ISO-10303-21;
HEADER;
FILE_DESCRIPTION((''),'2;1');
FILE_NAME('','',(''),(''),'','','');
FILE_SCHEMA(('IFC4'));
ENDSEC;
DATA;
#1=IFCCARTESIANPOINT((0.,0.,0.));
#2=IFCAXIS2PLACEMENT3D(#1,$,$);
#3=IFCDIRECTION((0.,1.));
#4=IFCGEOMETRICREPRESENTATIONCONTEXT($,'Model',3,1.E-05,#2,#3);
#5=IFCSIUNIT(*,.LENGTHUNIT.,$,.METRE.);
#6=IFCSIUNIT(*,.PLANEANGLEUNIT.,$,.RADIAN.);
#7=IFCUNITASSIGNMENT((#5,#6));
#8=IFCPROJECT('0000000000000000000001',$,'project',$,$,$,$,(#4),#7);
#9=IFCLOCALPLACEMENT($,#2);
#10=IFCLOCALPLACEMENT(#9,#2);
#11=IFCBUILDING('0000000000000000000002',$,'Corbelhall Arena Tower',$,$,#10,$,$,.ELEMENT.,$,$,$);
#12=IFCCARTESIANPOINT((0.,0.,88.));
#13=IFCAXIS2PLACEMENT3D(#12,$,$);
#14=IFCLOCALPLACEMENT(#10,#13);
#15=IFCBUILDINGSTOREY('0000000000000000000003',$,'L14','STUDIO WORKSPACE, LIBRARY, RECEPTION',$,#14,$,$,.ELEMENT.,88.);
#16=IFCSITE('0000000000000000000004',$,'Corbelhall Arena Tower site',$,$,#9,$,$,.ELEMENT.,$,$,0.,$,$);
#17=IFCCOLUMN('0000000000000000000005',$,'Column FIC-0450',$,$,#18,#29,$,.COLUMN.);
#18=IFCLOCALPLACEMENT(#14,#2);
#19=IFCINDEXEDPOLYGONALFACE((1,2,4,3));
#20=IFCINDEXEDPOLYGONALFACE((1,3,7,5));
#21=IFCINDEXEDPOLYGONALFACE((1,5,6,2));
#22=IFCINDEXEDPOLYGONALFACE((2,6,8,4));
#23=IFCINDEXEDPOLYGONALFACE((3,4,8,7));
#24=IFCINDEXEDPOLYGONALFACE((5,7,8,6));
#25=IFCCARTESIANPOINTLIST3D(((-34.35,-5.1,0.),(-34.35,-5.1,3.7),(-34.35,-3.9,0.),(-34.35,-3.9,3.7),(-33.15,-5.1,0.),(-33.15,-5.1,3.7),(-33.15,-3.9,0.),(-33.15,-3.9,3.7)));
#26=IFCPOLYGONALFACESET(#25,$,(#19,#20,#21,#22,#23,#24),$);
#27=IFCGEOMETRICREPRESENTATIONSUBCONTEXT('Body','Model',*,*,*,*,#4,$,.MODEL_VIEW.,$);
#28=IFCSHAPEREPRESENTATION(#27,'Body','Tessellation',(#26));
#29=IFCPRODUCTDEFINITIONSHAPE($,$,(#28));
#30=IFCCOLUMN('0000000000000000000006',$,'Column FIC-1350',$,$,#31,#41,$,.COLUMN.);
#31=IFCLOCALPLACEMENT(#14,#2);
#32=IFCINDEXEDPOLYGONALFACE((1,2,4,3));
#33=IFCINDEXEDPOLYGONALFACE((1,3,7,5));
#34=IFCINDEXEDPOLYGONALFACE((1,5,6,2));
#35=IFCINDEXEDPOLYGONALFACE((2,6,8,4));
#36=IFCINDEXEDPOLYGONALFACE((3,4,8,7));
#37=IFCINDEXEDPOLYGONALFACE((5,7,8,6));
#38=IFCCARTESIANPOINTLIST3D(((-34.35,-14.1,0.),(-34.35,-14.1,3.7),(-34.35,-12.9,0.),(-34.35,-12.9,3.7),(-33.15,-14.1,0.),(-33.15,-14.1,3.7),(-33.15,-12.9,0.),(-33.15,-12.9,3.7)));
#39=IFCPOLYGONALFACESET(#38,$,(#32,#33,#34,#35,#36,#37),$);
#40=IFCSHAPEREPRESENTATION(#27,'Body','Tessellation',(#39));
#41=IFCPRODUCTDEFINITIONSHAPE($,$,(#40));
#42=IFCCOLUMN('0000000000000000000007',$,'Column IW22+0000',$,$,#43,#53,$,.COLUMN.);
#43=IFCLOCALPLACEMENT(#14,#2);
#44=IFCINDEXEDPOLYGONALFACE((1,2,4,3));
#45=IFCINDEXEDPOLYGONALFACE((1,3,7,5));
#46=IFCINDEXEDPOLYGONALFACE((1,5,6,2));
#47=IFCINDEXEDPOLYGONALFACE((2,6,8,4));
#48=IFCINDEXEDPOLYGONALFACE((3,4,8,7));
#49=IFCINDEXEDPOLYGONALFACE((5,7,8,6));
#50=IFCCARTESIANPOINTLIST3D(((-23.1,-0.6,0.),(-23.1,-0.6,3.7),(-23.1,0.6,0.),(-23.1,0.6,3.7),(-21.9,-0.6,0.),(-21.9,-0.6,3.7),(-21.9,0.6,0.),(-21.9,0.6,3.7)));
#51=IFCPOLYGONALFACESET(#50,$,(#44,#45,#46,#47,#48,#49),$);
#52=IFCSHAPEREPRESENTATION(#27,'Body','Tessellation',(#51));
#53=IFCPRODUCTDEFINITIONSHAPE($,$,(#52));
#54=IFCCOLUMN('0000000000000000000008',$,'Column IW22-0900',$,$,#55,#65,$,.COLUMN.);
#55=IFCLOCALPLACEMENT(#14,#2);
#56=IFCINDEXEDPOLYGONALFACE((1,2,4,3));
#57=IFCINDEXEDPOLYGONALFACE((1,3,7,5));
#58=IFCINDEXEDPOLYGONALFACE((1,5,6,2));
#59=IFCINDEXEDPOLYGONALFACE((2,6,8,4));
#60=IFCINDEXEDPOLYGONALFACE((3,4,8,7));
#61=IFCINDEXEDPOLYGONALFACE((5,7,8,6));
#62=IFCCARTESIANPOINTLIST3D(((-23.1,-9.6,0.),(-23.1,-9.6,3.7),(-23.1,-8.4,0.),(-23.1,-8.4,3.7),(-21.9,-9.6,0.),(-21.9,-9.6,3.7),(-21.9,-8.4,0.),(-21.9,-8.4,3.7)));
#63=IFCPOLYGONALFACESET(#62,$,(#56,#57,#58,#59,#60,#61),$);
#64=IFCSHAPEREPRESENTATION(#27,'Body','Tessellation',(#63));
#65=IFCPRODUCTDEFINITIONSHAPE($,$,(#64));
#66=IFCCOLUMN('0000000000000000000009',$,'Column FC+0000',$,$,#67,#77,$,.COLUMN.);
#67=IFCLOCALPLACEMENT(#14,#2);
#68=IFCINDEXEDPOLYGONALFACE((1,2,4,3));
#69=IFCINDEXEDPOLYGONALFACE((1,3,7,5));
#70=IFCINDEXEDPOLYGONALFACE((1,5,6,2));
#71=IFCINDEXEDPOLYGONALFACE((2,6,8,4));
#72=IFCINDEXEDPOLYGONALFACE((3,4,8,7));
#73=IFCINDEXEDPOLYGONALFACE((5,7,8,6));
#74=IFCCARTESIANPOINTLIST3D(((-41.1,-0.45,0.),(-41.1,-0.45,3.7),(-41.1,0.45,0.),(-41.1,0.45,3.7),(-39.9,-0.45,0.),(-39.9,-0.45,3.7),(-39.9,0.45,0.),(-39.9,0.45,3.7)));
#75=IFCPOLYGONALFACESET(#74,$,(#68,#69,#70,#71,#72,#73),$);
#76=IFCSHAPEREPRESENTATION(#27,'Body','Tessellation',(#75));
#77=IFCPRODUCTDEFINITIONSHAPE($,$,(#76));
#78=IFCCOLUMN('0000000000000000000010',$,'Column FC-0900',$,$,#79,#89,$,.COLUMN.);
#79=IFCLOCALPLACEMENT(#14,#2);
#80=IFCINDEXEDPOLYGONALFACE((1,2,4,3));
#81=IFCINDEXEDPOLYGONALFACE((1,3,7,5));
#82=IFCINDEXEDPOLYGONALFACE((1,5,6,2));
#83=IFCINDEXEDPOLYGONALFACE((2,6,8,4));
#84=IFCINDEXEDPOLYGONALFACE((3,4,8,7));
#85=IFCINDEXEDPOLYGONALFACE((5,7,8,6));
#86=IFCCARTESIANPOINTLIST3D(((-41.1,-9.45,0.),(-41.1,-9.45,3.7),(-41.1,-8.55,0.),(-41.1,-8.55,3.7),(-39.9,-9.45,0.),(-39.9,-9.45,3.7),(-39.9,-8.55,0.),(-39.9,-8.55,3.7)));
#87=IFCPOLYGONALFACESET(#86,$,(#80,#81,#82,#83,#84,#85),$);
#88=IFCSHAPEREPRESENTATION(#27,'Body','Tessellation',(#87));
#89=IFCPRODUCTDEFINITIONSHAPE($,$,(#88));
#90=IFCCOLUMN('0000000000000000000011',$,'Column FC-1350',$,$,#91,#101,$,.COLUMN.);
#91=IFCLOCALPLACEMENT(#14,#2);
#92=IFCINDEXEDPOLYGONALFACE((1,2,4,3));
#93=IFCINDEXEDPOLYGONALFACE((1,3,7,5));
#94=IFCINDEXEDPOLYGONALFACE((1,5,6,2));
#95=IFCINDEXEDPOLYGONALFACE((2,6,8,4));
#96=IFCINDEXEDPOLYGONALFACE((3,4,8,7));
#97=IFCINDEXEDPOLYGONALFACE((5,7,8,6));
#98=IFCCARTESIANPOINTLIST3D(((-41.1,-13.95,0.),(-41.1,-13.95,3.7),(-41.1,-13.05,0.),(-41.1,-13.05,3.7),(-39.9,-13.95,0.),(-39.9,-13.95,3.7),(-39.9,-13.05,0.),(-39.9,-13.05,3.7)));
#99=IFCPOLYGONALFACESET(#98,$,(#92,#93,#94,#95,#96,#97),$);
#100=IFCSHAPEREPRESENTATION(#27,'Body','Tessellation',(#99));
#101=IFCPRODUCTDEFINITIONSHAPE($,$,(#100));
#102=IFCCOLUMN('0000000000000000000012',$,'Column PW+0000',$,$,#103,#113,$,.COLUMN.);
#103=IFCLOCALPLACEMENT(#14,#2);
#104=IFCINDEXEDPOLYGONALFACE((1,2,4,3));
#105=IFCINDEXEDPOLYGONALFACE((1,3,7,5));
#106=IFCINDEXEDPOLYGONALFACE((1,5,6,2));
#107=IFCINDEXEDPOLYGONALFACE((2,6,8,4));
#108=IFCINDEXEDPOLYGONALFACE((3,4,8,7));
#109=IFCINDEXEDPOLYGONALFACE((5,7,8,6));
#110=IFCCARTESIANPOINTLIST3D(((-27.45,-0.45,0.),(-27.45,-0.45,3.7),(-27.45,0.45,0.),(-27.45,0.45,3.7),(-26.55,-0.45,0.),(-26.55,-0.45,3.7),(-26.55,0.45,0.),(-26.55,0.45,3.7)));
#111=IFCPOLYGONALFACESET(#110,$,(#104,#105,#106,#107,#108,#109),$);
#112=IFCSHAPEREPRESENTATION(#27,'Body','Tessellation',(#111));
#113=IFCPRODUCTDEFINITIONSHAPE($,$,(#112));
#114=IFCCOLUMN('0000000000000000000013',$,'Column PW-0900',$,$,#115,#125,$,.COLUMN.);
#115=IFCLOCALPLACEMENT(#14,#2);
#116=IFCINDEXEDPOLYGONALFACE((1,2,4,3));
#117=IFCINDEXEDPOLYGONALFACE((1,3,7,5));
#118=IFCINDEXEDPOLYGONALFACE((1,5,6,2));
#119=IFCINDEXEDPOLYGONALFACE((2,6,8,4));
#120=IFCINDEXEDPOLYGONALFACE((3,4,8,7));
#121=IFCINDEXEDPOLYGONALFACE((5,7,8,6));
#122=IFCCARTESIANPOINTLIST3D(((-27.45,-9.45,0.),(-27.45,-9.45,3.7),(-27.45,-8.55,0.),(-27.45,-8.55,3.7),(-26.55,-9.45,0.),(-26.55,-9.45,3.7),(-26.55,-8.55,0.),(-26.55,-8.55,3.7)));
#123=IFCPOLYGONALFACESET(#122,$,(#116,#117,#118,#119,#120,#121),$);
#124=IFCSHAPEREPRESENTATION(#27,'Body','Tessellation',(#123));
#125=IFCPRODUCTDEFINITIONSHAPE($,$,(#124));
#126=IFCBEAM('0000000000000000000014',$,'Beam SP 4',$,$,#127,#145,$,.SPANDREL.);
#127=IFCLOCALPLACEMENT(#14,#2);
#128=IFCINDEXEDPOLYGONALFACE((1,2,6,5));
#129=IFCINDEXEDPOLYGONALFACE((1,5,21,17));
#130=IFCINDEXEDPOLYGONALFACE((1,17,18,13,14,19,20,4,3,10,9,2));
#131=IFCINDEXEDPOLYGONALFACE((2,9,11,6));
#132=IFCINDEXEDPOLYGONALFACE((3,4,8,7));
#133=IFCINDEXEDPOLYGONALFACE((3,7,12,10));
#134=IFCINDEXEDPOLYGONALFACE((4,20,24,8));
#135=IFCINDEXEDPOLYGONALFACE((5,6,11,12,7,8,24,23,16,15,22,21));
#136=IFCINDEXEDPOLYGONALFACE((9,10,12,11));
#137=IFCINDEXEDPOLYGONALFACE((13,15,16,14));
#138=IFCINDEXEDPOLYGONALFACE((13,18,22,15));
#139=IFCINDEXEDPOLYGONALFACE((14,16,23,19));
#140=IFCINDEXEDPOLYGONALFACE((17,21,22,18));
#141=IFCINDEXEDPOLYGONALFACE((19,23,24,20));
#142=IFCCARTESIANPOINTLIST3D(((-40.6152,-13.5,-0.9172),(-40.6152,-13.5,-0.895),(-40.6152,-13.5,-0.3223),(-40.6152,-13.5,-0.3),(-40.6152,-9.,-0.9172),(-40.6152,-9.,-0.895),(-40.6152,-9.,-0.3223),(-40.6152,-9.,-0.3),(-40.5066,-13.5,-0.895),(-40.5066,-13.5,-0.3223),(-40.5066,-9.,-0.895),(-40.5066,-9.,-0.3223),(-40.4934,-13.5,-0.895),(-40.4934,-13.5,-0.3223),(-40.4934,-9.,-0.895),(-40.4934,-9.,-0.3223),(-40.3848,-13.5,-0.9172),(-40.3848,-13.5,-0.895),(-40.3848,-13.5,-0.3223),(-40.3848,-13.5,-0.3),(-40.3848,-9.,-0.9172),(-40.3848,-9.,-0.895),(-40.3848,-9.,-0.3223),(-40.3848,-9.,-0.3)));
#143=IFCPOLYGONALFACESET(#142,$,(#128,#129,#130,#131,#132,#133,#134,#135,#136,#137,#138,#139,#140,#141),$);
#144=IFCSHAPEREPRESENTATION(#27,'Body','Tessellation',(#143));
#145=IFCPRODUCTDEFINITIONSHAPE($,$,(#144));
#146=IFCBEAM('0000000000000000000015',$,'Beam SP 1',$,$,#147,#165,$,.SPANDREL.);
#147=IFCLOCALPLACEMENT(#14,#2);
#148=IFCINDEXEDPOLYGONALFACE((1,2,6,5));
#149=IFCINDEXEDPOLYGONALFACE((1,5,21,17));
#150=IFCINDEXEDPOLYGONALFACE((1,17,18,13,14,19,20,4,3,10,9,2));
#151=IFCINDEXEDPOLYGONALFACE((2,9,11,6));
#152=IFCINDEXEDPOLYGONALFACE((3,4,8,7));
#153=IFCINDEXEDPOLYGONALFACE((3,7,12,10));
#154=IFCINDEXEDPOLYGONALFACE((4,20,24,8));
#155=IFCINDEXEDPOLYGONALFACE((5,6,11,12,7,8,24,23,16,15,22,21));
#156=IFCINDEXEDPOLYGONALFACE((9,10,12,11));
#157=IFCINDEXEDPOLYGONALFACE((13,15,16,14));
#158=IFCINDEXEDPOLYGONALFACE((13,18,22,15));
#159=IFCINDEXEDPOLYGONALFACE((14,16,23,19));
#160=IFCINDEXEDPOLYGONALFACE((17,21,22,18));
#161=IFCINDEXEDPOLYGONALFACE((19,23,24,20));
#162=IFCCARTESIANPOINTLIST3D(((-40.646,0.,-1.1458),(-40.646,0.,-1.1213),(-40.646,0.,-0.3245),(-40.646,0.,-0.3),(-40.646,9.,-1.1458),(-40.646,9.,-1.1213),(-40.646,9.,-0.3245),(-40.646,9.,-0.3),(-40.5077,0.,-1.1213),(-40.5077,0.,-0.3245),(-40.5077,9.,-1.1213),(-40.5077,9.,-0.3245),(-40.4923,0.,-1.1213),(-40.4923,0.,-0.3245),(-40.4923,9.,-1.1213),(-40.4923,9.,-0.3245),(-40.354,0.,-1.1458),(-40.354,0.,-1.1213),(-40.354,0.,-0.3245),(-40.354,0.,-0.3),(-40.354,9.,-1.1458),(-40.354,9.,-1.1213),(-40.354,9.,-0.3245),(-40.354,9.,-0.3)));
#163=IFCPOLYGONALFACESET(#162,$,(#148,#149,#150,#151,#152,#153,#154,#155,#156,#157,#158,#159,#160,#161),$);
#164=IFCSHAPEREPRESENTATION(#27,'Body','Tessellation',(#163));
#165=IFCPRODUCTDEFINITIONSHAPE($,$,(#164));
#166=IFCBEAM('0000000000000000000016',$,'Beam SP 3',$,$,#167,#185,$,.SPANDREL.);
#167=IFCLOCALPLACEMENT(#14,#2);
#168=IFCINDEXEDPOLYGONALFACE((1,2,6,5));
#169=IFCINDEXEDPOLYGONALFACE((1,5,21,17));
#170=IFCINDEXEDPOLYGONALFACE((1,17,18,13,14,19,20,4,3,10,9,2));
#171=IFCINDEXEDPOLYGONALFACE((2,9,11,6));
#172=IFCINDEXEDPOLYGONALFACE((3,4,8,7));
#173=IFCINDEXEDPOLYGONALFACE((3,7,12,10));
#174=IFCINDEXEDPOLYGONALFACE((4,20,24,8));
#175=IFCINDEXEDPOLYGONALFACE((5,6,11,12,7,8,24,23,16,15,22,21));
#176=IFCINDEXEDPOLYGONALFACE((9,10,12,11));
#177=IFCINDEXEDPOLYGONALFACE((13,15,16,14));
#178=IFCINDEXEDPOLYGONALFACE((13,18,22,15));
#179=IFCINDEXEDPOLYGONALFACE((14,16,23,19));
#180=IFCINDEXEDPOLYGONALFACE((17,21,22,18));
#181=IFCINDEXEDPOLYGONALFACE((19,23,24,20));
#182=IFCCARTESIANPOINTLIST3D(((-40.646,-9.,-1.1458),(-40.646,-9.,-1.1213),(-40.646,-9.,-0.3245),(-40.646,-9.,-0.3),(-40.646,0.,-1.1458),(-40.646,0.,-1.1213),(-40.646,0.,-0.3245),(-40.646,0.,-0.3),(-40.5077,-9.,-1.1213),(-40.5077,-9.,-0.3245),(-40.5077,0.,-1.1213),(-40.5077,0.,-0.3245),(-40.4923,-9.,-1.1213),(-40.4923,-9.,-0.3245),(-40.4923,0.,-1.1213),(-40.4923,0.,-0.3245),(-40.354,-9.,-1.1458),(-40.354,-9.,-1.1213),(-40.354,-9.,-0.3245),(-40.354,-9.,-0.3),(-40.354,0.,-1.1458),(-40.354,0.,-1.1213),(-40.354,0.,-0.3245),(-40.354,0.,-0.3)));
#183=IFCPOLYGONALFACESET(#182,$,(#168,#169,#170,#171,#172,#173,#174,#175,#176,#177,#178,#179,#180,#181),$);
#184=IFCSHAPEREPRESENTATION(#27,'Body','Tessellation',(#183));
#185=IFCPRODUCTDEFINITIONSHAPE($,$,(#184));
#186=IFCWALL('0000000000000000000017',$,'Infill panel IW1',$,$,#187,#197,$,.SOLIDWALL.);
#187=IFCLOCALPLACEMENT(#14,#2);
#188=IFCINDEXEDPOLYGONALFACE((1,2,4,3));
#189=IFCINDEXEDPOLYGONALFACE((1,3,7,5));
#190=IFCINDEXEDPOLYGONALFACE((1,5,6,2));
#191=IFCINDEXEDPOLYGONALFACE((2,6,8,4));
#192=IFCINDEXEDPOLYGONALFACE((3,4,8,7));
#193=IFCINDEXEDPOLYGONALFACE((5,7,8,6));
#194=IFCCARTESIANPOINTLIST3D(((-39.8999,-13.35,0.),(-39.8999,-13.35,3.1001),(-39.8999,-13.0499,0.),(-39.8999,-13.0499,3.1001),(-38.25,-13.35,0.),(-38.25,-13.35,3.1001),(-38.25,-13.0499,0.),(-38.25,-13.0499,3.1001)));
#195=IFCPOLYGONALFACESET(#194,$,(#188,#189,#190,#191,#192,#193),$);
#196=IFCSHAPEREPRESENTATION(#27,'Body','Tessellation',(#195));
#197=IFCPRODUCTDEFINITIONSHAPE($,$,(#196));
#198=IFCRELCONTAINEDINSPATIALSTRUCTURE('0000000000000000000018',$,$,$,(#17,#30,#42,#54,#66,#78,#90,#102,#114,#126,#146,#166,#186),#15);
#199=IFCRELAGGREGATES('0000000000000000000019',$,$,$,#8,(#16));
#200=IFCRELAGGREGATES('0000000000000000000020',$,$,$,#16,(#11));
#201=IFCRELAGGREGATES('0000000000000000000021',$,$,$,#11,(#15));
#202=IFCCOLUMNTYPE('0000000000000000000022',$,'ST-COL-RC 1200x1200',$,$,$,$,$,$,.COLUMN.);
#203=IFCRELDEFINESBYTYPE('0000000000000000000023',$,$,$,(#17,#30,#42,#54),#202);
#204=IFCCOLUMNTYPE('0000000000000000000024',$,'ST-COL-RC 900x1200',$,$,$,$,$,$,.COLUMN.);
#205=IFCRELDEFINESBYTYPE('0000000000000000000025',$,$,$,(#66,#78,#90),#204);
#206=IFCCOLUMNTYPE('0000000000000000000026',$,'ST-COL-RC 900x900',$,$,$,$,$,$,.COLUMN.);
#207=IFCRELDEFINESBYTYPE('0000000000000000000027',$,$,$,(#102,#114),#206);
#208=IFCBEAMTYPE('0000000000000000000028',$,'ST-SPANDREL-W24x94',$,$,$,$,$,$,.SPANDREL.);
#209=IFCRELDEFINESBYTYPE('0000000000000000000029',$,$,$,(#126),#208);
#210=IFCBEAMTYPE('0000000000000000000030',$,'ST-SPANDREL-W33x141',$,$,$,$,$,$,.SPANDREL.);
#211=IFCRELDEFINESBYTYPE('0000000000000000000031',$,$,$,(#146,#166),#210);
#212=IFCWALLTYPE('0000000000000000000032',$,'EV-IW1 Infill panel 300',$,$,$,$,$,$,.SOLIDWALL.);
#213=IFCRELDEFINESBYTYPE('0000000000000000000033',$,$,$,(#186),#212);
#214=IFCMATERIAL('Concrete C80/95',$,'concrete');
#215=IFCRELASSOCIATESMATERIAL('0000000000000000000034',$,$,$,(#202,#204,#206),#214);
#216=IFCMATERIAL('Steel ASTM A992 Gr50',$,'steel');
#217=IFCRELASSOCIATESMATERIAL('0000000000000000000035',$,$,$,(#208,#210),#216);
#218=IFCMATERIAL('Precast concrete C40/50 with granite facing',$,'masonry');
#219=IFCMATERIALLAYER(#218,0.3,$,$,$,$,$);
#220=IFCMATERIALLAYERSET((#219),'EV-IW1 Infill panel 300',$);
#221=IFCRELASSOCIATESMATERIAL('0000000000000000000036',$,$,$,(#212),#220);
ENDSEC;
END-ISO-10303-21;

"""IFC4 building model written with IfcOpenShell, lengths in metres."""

from ifc_helpers import new_model, si_unit, direction, frame, frame_2d, origin, origin_2d, place, context, subcontext, project, spatial, rectangle, i_section, extrude, material, layer, layer_set, material_profile, profile_set, type_object, element, save


model = new_model("IFC4")

# Units and contexts
model_context = context("Model", 3, precision=1e-05, world=origin(), true_north=direction((0.0, 1.0)))
body_context = subcontext(model_context, "Body", "Model", "MODEL_VIEW")
ifc_project = project(units=[si_unit("LENGTHUNIT", "METRE"), si_unit("PLANEANGLEUNIT", "RADIAN")], contexts=[model_context])

# Site, building, storey
site_placement = place(None, origin())
site = spatial("IfcSite", under=ifc_project, at=site_placement, Name="Corbelhall Arena Tower site", CompositionType="ELEMENT", RefElevation=0.0)
building_placement = place(site_placement, origin())
building = spatial("IfcBuilding", under=site, at=building_placement, Name="Corbelhall Arena Tower", CompositionType="ELEMENT")
storey_placement = place(building_placement, frame((0.0, 0.0, 88.0)))
storey = spatial("IfcBuildingStorey", under=building, at=storey_placement, Name="L14", Description="STUDIO WORKSPACE, LIBRARY, RECEPTION", CompositionType="ELEMENT", Elevation=88.0)

# Columns
ifc_material_1 = material(Name="Concrete C80/95", Category="concrete")
ifc_material_profile_1 = material_profile(ifc_material_1, rectangle(XDim=1.2, YDim=1.2, at=origin_2d()))
ifc_profile_set_1 = profile_set([ifc_material_profile_1], Name="Concrete C80/95")
column_type_1 = type_object("IfcColumnType", Name="ST-COL-RC 1200x1200", PredefinedType="COLUMN", material=ifc_profile_set_1)
for number, where, z_axis, x_axis, name in (
    (1, (-33.75, -4.5, 0.0), (0.0, 0.0, 1.0), (1.0, 0.0, 0.0), "Column FIC-0450"),
    (2, (-33.75, -13.5, 0.0), (0.0, 0.0, 1.0), (1.0, 0.0, 0.0), "Column FIC-1350"),
    (3, (-22.5, 0.0, 0.0), (0.0, 0.0, 1.0), (1.0, 0.0, 0.0), "Column IW22+0000"),
    (4, (-22.5, -9.0, 0.0), (0.0, 0.0, 1.0), (1.0, 0.0, 0.0), "Column IW22-0900"),
):
    element("IfcColumn", number, at=place(storey_placement, frame(where, z_axis=z_axis, x_axis=x_axis)), inside=storey, type_object=column_type_1, Name=name, PredefinedType="COLUMN", context=body_context, shape_type="SweptSolid", body=[
        extrude(rectangle(XDim=1.2, YDim=1.2, at=origin_2d()), origin(), (0.0, 0.0, 1.0), 3.7),
    ])
ifc_material_profile_2 = material_profile(ifc_material_1, rectangle(XDim=0.8999, YDim=1.2, at=origin_2d()))
ifc_profile_set_2 = profile_set([ifc_material_profile_2], Name="Concrete C80/95")
column_type_2 = type_object("IfcColumnType", Name="ST-COL-RC 900x1200", PredefinedType="COLUMN", material=ifc_profile_set_2)
for number, where, z_axis, x_axis, name in (
    (5, (-40.5, 0.0, 0.0), (0.0, 0.0, 1.0), (0.0, 1.0, 0.0), "Column FC+0000"),
    (6, (-40.5, -9.0, 0.0), (0.0, 0.0, 1.0), (0.0, 1.0, 0.0), "Column FC-0900"),
    (7, (-40.5, -13.5, 0.0), (0.0, 0.0, 1.0), (0.0, 1.0, 0.0), "Column FC-1350"),
):
    element("IfcColumn", number, at=place(storey_placement, frame(where, z_axis=z_axis, x_axis=x_axis)), inside=storey, type_object=column_type_2, Name=name, PredefinedType="COLUMN", context=body_context, shape_type="SweptSolid", body=[
        extrude(rectangle(XDim=0.8999, YDim=1.2, at=origin_2d()), origin(), (0.0, 0.0, 1.0), 3.7),
    ])
ifc_material_profile_3 = material_profile(ifc_material_1, rectangle(XDim=0.8999, YDim=0.8999, at=origin_2d()))
ifc_profile_set_3 = profile_set([ifc_material_profile_3], Name="Concrete C80/95")
column_type_3 = type_object("IfcColumnType", Name="ST-COL-RC 900x900", PredefinedType="COLUMN", material=ifc_profile_set_3)
for number, where, z_axis, x_axis, name in (
    (8, (-27.0, 0.0, 0.0), (0.0, 0.0, 1.0), (1.0, 0.0, 0.0), "Column PW+0000"),
    (9, (-27.0, -9.0, 0.0), (0.0, 0.0, 1.0), (1.0, 0.0, 0.0), "Column PW-0900"),
):
    element("IfcColumn", number, at=place(storey_placement, frame(where, z_axis=z_axis, x_axis=x_axis)), inside=storey, type_object=column_type_3, Name=name, PredefinedType="COLUMN", context=body_context, shape_type="SweptSolid", body=[
        extrude(rectangle(XDim=0.8999, YDim=0.8999, at=origin_2d()), origin(), (0.0, 0.0, 1.0), 3.7),
    ])

# Beams
ifc_material_2 = material(Name="Steel ASTM A992 Gr50", Category="steel")
ifc_material_profile_4 = material_profile(ifc_material_2, i_section(OverallWidth=0.2305, OverallDepth=0.6172, WebThickness=0.0132, FlangeThickness=0.0222, at=origin_2d()))
ifc_profile_set_4 = profile_set([ifc_material_profile_4], Name="Steel ASTM A992 Gr50")
beam_type_1 = type_object("IfcBeamType", Name="ST-SPANDREL-W24x94", PredefinedType="SPANDREL", material=ifc_profile_set_4)
beam_placement = place(storey_placement, frame((-40.5, -13.5, -0.6086), z_axis=(0.0, 1.0, 0.0), x_axis=(-1.0, 0.0, 0.0)))
element("IfcBeam", 10, at=beam_placement, inside=storey, type_object=beam_type_1, Name="Beam SP 4", PredefinedType="SPANDREL", context=body_context, shape_type="SweptSolid", body=[
    extrude(i_section(OverallWidth=0.2305, OverallDepth=0.6172, WebThickness=0.0132, FlangeThickness=0.0222, at=origin_2d()), origin(), (0.0, 0.0, 1.0), 4.5),
])
ifc_material_profile_5 = material_profile(ifc_material_2, i_section(OverallWidth=0.292, OverallDepth=0.8457, WebThickness=0.0154, FlangeThickness=0.0244, at=origin_2d()))
ifc_profile_set_5 = profile_set([ifc_material_profile_5], Name="Steel ASTM A992 Gr50")
beam_type_2 = type_object("IfcBeamType", Name="ST-SPANDREL-W33x141", PredefinedType="SPANDREL", material=ifc_profile_set_5)
for number, where, z_axis, x_axis, name in (
    (11, (-40.5, 0.0, -0.7229), (0.0, 1.0, 0.0), (-1.0, 0.0, 0.0), "Beam SP 1"),
    (12, (-40.5, -9.0, -0.7229), (0.0, 1.0, 0.0), (-1.0, 0.0, 0.0), "Beam SP 3"),
):
    element("IfcBeam", number, at=place(storey_placement, frame(where, z_axis=z_axis, x_axis=x_axis)), inside=storey, type_object=beam_type_2, Name=name, PredefinedType="SPANDREL", context=body_context, shape_type="SweptSolid", body=[
        extrude(i_section(OverallWidth=0.292, OverallDepth=0.8457, WebThickness=0.0154, FlangeThickness=0.0244, at=origin_2d()), origin(), (0.0, 0.0, 1.0), 9.0),
    ])

# Wall
ifc_material_3 = material(Name="Precast concrete C40/50 with granite facing", Category="masonry")
ifc_layer_1 = layer(ifc_material_3, 0.3)
ifc_layer_set_1 = layer_set([ifc_layer_1], Name="EV-IW1 Infill panel 300")
wall_type_1 = type_object("IfcWallType", Name="EV-IW1 Infill panel 300", PredefinedType="SOLIDWALL", material=ifc_layer_set_1)
wall_1_placement = place(storey_placement, frame((-39.8999, -13.2, 0.0), z_axis=(0.0, 0.0, 1.0), x_axis=(1.0, 0.0, 0.0)))
element("IfcWall", 13, at=wall_1_placement, inside=storey, type_object=wall_type_1, Name="Infill panel IW1", PredefinedType="SOLIDWALL", context=body_context, shape_type="SweptSolid", body=[
    extrude(rectangle(XDim=1.6499, YDim=0.3, at=frame_2d((0.825, 0.0))), origin(), (0.0, 0.0, 1.0), 3.1001),
])

save(model, "model.ifc")
